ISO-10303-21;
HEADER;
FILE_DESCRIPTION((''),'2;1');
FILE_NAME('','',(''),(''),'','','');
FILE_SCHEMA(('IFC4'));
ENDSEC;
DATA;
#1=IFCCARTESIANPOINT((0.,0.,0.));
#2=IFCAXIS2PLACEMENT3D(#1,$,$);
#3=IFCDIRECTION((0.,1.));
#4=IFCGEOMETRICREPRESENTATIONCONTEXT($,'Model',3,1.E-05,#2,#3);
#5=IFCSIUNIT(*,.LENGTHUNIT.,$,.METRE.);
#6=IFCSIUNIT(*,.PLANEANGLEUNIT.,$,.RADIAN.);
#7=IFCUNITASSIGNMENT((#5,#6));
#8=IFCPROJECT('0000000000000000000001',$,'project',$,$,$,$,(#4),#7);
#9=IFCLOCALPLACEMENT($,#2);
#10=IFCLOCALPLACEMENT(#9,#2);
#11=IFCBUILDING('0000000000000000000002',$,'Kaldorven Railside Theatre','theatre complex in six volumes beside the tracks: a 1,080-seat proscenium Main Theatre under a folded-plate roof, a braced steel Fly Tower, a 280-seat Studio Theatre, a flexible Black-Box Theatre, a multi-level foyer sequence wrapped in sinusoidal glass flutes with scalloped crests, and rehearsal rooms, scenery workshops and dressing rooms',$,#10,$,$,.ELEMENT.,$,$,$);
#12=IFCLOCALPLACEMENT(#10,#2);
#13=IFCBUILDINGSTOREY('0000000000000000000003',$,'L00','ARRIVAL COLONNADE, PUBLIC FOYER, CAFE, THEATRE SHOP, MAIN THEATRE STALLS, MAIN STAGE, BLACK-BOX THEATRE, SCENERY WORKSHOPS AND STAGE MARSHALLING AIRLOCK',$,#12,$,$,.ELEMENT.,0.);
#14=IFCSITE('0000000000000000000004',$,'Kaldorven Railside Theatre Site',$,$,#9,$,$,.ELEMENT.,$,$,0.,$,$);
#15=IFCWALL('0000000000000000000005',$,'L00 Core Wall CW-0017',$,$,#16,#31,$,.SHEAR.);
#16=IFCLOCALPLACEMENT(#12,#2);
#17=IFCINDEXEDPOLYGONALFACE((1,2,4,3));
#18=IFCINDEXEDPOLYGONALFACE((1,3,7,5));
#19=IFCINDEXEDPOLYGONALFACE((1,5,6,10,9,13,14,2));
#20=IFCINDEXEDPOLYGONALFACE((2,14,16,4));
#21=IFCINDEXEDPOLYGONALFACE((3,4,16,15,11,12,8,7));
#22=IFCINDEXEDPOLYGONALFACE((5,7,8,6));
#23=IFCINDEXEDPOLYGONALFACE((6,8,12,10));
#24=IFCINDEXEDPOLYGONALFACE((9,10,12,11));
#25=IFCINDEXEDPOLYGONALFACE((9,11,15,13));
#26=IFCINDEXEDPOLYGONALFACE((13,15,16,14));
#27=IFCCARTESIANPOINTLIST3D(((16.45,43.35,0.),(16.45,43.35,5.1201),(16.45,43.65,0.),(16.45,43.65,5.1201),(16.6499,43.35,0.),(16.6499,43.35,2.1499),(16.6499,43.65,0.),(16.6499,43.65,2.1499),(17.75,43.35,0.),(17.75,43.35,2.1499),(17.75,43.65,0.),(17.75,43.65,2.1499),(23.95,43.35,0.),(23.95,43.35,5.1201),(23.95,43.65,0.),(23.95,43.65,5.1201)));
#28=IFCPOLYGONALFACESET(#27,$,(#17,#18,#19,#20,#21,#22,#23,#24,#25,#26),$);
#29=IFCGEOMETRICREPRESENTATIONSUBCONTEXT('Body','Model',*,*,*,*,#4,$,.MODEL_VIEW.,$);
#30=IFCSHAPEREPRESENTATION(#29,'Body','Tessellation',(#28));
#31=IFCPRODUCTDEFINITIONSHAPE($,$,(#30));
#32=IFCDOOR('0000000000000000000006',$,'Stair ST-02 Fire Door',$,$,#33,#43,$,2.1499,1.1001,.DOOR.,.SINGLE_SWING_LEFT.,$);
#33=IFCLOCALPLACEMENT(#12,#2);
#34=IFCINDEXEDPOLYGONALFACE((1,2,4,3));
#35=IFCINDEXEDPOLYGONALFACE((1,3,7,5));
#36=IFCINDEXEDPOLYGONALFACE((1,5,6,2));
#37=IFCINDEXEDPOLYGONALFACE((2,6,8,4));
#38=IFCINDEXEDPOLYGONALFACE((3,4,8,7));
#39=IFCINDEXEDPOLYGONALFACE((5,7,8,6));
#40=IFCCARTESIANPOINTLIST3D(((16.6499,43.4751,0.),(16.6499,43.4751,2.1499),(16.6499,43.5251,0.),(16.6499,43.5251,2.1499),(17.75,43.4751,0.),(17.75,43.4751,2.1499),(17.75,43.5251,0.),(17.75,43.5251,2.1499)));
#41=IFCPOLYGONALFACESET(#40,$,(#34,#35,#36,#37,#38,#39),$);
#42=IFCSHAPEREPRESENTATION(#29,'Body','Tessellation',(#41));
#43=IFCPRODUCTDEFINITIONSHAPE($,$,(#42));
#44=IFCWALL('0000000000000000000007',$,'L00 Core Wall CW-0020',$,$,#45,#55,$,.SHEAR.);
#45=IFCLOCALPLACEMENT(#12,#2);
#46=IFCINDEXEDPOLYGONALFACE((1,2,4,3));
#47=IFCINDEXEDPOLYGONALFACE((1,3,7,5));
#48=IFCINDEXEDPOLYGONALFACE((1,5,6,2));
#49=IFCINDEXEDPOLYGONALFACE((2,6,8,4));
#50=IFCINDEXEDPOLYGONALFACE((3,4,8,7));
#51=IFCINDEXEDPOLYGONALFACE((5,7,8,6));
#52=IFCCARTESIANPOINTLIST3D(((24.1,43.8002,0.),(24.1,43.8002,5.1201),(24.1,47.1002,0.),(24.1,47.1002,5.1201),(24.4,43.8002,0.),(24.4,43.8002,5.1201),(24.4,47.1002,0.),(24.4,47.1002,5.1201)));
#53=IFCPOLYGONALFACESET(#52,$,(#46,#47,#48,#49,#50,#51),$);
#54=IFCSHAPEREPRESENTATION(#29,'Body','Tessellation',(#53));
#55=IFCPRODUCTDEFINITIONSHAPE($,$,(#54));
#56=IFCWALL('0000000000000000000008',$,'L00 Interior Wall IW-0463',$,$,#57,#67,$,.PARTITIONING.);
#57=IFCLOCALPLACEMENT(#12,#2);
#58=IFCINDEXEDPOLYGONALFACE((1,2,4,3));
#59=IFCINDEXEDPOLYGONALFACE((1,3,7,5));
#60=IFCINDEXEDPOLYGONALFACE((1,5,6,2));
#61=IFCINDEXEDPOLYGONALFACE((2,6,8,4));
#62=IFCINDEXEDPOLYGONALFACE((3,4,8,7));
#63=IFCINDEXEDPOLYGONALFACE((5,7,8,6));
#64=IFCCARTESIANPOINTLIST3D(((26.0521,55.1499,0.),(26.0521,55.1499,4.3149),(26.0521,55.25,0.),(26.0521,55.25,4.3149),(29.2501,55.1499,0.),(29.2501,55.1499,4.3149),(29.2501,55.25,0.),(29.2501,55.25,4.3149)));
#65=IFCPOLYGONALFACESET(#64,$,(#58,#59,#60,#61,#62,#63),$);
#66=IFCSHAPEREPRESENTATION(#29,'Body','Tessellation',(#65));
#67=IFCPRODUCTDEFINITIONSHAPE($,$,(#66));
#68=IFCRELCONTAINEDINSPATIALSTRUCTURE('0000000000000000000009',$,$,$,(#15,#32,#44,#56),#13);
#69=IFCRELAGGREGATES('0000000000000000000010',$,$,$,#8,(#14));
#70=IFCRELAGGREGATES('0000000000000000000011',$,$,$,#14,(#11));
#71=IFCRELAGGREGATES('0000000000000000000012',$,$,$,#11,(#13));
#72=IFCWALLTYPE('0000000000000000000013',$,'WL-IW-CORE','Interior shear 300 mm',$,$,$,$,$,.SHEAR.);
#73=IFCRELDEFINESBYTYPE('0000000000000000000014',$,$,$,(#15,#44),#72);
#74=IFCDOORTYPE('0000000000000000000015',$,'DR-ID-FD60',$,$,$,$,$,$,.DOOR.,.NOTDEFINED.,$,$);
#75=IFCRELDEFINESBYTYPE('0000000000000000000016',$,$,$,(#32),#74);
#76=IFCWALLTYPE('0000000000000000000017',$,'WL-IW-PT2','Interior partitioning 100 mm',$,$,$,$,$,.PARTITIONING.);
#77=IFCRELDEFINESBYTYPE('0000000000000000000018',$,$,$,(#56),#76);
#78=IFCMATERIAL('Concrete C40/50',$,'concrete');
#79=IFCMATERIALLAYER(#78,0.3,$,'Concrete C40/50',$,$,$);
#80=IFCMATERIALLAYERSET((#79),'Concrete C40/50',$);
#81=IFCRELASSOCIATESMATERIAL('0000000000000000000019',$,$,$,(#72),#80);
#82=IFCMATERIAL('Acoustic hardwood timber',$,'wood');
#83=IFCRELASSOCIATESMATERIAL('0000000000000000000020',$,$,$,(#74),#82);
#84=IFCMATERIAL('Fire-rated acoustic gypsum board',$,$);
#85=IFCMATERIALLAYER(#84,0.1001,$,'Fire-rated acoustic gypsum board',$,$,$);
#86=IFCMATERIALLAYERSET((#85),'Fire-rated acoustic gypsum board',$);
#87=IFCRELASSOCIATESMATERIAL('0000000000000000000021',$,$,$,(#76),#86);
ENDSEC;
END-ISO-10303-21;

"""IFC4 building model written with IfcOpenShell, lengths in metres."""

from ifc_helpers import new_model, si_unit, direction, frame, frame_2d, origin, place, context, subcontext, project, spatial, rectangle, extrude, material, layer, layer_set, type_object, element, fill, save


model = new_model("IFC4")

# Units and contexts
model_context = context("Model", 3, precision=1e-05, world=origin(), true_north=direction((0.0, 1.0)))
body_context = subcontext(model_context, "Body", "Model", "MODEL_VIEW")
ifc_project = project(units=[si_unit("LENGTHUNIT", "METRE"), si_unit("PLANEANGLEUNIT", "RADIAN")], contexts=[model_context])

# Site, building, storey
site_placement = place(None, origin())
site = spatial("IfcSite", under=ifc_project, at=site_placement, Name="Kaldorven Railside Theatre Site", CompositionType="ELEMENT", RefElevation=0.0)
building_placement = place(site_placement, origin())
building = spatial("IfcBuilding", under=site, at=building_placement, Name="Kaldorven Railside Theatre", Description="theatre complex in six volumes beside the tracks: a 1,080-seat proscenium Main Theatre under a folded-plate roof, a braced steel Fly Tower, a 280-seat Studio Theatre, a flexible Black-Box Theatre, a multi-level foyer sequence wrapped in sinusoidal glass flutes with scalloped crests, and rehearsal rooms, scenery workshops and dressing rooms", CompositionType="ELEMENT")
storey_placement = place(building_placement, origin())
storey = spatial("IfcBuildingStorey", under=building, at=storey_placement, Name="L00", Description="ARRIVAL COLONNADE, PUBLIC FOYER, CAFE, THEATRE SHOP, MAIN THEATRE STALLS, MAIN STAGE, BLACK-BOX THEATRE, SCENERY WORKSHOPS AND STAGE MARSHALLING AIRLOCK", CompositionType="ELEMENT", Elevation=0.0)

# Shared definitions
ifc_material_1 = material(Name="Concrete C40/50", Category="concrete")

# Wall, opening, door
ifc_layer_1 = layer(ifc_material_1, 0.3, Name="Concrete C40/50")
ifc_layer_set_1 = layer_set([ifc_layer_1], Name="Concrete C40/50")
wall_type_1 = type_object("IfcWallType", Name="WL-IW-CORE", Description="Interior shear 300 mm", PredefinedType="SHEAR", material=ifc_layer_set_1)
wall_1_placement = place(storey_placement, frame((23.95, 43.5, 0.0), z_axis=(0.0, 0.0, 1.0), x_axis=(-1.0, 0.0, 0.0)))
wall_1 = element("IfcWall", 1, at=wall_1_placement, inside=storey, type_object=wall_type_1, Name="L00 Core Wall CW-0017", PredefinedType="SHEAR", context=body_context, shape_type="SweptSolid", body=[
    extrude(rectangle(XDim=7.5, YDim=0.3, at=frame_2d((3.75, 0.0))), origin(), (0.0, 0.0, 1.0), 5.1201),
])
opening_1_placement = place(wall_1_placement, frame((6.2, 0.0, 0.0)))
opening_1 = element("IfcOpeningElement", 2, at=opening_1_placement, cuts=wall_1, PredefinedType="OPENING", context=body_context, shape_type="SweptSolid", body=[
    extrude(rectangle(XDim=1.1001, YDim=2.1499, at=frame_2d((0.55, 1.075))), frame((0.0, 0.1602, 0.0), z_axis=(0.0, -1.0, 0.0), x_axis=(1.0, 0.0, 0.0)), (0.0, 0.0, 1.0), 0.3201),
])
ifc_material_2 = material(Name="Acoustic hardwood timber", Category="wood")
door_type = type_object("IfcDoorType", Name="DR-ID-FD60", OperationType="NOTDEFINED", PredefinedType="DOOR", material=ifc_material_2)
door_placement = place(opening_1_placement, origin())
door = element("IfcDoor", 3, at=door_placement, inside=storey, type_object=door_type, Name="Stair ST-02 Fire Door", OperationType="SINGLE_SWING_LEFT", OverallHeight=2.1499, OverallWidth=1.1001, PredefinedType="DOOR", context=body_context, shape_type="SweptSolid", body=[
    extrude(rectangle(XDim=1.1001, YDim=2.1499, at=frame_2d((0.55, 1.075))), frame((0.0, 0.0249, 0.0), z_axis=(0.0, -1.0, 0.0), x_axis=(1.0, 0.0, 0.0)), (0.0, 0.0, 1.0), 0.05),
])
fill(opening_1, door)

# Walls
wall_2_placement = place(storey_placement, frame((24.25, 47.1001, 0.0), z_axis=(0.0, 0.0, 1.0), x_axis=(0.0, -1.0, 0.0)))
element("IfcWall", 4, at=wall_2_placement, inside=storey, type_object=wall_type_1, Name="L00 Core Wall CW-0020", PredefinedType="SHEAR", context=body_context, shape_type="SweptSolid", body=[
    extrude(rectangle(XDim=3.3, YDim=0.3, at=frame_2d((1.6499, 0.0))), origin(), (0.0, 0.0, 1.0), 5.1201),
])
ifc_material_3 = material(Name="Fire-rated acoustic gypsum board")
ifc_layer_2 = layer(ifc_material_3, 0.1001, Name="Fire-rated acoustic gypsum board")
ifc_layer_set_2 = layer_set([ifc_layer_2], Name="Fire-rated acoustic gypsum board")
wall_type_2 = type_object("IfcWallType", Name="WL-IW-PT2", Description="Interior partitioning 100 mm", PredefinedType="PARTITIONING", material=ifc_layer_set_2)
wall_3_placement = place(storey_placement, frame((26.052, 55.2, 0.0), z_axis=(0.0, 0.0, 1.0), x_axis=(1.0, 0.0, 0.0)))
element("IfcWall", 5, at=wall_3_placement, inside=storey, type_object=wall_type_2, Name="L00 Interior Wall IW-0463", PredefinedType="PARTITIONING", context=body_context, shape_type="SweptSolid", body=[
    extrude(rectangle(XDim=3.198, YDim=0.1001, at=frame_2d((1.5991, 0.0))), origin(), (0.0, 0.0, 1.0), 4.3149),
])

save(model, "model.ifc")
